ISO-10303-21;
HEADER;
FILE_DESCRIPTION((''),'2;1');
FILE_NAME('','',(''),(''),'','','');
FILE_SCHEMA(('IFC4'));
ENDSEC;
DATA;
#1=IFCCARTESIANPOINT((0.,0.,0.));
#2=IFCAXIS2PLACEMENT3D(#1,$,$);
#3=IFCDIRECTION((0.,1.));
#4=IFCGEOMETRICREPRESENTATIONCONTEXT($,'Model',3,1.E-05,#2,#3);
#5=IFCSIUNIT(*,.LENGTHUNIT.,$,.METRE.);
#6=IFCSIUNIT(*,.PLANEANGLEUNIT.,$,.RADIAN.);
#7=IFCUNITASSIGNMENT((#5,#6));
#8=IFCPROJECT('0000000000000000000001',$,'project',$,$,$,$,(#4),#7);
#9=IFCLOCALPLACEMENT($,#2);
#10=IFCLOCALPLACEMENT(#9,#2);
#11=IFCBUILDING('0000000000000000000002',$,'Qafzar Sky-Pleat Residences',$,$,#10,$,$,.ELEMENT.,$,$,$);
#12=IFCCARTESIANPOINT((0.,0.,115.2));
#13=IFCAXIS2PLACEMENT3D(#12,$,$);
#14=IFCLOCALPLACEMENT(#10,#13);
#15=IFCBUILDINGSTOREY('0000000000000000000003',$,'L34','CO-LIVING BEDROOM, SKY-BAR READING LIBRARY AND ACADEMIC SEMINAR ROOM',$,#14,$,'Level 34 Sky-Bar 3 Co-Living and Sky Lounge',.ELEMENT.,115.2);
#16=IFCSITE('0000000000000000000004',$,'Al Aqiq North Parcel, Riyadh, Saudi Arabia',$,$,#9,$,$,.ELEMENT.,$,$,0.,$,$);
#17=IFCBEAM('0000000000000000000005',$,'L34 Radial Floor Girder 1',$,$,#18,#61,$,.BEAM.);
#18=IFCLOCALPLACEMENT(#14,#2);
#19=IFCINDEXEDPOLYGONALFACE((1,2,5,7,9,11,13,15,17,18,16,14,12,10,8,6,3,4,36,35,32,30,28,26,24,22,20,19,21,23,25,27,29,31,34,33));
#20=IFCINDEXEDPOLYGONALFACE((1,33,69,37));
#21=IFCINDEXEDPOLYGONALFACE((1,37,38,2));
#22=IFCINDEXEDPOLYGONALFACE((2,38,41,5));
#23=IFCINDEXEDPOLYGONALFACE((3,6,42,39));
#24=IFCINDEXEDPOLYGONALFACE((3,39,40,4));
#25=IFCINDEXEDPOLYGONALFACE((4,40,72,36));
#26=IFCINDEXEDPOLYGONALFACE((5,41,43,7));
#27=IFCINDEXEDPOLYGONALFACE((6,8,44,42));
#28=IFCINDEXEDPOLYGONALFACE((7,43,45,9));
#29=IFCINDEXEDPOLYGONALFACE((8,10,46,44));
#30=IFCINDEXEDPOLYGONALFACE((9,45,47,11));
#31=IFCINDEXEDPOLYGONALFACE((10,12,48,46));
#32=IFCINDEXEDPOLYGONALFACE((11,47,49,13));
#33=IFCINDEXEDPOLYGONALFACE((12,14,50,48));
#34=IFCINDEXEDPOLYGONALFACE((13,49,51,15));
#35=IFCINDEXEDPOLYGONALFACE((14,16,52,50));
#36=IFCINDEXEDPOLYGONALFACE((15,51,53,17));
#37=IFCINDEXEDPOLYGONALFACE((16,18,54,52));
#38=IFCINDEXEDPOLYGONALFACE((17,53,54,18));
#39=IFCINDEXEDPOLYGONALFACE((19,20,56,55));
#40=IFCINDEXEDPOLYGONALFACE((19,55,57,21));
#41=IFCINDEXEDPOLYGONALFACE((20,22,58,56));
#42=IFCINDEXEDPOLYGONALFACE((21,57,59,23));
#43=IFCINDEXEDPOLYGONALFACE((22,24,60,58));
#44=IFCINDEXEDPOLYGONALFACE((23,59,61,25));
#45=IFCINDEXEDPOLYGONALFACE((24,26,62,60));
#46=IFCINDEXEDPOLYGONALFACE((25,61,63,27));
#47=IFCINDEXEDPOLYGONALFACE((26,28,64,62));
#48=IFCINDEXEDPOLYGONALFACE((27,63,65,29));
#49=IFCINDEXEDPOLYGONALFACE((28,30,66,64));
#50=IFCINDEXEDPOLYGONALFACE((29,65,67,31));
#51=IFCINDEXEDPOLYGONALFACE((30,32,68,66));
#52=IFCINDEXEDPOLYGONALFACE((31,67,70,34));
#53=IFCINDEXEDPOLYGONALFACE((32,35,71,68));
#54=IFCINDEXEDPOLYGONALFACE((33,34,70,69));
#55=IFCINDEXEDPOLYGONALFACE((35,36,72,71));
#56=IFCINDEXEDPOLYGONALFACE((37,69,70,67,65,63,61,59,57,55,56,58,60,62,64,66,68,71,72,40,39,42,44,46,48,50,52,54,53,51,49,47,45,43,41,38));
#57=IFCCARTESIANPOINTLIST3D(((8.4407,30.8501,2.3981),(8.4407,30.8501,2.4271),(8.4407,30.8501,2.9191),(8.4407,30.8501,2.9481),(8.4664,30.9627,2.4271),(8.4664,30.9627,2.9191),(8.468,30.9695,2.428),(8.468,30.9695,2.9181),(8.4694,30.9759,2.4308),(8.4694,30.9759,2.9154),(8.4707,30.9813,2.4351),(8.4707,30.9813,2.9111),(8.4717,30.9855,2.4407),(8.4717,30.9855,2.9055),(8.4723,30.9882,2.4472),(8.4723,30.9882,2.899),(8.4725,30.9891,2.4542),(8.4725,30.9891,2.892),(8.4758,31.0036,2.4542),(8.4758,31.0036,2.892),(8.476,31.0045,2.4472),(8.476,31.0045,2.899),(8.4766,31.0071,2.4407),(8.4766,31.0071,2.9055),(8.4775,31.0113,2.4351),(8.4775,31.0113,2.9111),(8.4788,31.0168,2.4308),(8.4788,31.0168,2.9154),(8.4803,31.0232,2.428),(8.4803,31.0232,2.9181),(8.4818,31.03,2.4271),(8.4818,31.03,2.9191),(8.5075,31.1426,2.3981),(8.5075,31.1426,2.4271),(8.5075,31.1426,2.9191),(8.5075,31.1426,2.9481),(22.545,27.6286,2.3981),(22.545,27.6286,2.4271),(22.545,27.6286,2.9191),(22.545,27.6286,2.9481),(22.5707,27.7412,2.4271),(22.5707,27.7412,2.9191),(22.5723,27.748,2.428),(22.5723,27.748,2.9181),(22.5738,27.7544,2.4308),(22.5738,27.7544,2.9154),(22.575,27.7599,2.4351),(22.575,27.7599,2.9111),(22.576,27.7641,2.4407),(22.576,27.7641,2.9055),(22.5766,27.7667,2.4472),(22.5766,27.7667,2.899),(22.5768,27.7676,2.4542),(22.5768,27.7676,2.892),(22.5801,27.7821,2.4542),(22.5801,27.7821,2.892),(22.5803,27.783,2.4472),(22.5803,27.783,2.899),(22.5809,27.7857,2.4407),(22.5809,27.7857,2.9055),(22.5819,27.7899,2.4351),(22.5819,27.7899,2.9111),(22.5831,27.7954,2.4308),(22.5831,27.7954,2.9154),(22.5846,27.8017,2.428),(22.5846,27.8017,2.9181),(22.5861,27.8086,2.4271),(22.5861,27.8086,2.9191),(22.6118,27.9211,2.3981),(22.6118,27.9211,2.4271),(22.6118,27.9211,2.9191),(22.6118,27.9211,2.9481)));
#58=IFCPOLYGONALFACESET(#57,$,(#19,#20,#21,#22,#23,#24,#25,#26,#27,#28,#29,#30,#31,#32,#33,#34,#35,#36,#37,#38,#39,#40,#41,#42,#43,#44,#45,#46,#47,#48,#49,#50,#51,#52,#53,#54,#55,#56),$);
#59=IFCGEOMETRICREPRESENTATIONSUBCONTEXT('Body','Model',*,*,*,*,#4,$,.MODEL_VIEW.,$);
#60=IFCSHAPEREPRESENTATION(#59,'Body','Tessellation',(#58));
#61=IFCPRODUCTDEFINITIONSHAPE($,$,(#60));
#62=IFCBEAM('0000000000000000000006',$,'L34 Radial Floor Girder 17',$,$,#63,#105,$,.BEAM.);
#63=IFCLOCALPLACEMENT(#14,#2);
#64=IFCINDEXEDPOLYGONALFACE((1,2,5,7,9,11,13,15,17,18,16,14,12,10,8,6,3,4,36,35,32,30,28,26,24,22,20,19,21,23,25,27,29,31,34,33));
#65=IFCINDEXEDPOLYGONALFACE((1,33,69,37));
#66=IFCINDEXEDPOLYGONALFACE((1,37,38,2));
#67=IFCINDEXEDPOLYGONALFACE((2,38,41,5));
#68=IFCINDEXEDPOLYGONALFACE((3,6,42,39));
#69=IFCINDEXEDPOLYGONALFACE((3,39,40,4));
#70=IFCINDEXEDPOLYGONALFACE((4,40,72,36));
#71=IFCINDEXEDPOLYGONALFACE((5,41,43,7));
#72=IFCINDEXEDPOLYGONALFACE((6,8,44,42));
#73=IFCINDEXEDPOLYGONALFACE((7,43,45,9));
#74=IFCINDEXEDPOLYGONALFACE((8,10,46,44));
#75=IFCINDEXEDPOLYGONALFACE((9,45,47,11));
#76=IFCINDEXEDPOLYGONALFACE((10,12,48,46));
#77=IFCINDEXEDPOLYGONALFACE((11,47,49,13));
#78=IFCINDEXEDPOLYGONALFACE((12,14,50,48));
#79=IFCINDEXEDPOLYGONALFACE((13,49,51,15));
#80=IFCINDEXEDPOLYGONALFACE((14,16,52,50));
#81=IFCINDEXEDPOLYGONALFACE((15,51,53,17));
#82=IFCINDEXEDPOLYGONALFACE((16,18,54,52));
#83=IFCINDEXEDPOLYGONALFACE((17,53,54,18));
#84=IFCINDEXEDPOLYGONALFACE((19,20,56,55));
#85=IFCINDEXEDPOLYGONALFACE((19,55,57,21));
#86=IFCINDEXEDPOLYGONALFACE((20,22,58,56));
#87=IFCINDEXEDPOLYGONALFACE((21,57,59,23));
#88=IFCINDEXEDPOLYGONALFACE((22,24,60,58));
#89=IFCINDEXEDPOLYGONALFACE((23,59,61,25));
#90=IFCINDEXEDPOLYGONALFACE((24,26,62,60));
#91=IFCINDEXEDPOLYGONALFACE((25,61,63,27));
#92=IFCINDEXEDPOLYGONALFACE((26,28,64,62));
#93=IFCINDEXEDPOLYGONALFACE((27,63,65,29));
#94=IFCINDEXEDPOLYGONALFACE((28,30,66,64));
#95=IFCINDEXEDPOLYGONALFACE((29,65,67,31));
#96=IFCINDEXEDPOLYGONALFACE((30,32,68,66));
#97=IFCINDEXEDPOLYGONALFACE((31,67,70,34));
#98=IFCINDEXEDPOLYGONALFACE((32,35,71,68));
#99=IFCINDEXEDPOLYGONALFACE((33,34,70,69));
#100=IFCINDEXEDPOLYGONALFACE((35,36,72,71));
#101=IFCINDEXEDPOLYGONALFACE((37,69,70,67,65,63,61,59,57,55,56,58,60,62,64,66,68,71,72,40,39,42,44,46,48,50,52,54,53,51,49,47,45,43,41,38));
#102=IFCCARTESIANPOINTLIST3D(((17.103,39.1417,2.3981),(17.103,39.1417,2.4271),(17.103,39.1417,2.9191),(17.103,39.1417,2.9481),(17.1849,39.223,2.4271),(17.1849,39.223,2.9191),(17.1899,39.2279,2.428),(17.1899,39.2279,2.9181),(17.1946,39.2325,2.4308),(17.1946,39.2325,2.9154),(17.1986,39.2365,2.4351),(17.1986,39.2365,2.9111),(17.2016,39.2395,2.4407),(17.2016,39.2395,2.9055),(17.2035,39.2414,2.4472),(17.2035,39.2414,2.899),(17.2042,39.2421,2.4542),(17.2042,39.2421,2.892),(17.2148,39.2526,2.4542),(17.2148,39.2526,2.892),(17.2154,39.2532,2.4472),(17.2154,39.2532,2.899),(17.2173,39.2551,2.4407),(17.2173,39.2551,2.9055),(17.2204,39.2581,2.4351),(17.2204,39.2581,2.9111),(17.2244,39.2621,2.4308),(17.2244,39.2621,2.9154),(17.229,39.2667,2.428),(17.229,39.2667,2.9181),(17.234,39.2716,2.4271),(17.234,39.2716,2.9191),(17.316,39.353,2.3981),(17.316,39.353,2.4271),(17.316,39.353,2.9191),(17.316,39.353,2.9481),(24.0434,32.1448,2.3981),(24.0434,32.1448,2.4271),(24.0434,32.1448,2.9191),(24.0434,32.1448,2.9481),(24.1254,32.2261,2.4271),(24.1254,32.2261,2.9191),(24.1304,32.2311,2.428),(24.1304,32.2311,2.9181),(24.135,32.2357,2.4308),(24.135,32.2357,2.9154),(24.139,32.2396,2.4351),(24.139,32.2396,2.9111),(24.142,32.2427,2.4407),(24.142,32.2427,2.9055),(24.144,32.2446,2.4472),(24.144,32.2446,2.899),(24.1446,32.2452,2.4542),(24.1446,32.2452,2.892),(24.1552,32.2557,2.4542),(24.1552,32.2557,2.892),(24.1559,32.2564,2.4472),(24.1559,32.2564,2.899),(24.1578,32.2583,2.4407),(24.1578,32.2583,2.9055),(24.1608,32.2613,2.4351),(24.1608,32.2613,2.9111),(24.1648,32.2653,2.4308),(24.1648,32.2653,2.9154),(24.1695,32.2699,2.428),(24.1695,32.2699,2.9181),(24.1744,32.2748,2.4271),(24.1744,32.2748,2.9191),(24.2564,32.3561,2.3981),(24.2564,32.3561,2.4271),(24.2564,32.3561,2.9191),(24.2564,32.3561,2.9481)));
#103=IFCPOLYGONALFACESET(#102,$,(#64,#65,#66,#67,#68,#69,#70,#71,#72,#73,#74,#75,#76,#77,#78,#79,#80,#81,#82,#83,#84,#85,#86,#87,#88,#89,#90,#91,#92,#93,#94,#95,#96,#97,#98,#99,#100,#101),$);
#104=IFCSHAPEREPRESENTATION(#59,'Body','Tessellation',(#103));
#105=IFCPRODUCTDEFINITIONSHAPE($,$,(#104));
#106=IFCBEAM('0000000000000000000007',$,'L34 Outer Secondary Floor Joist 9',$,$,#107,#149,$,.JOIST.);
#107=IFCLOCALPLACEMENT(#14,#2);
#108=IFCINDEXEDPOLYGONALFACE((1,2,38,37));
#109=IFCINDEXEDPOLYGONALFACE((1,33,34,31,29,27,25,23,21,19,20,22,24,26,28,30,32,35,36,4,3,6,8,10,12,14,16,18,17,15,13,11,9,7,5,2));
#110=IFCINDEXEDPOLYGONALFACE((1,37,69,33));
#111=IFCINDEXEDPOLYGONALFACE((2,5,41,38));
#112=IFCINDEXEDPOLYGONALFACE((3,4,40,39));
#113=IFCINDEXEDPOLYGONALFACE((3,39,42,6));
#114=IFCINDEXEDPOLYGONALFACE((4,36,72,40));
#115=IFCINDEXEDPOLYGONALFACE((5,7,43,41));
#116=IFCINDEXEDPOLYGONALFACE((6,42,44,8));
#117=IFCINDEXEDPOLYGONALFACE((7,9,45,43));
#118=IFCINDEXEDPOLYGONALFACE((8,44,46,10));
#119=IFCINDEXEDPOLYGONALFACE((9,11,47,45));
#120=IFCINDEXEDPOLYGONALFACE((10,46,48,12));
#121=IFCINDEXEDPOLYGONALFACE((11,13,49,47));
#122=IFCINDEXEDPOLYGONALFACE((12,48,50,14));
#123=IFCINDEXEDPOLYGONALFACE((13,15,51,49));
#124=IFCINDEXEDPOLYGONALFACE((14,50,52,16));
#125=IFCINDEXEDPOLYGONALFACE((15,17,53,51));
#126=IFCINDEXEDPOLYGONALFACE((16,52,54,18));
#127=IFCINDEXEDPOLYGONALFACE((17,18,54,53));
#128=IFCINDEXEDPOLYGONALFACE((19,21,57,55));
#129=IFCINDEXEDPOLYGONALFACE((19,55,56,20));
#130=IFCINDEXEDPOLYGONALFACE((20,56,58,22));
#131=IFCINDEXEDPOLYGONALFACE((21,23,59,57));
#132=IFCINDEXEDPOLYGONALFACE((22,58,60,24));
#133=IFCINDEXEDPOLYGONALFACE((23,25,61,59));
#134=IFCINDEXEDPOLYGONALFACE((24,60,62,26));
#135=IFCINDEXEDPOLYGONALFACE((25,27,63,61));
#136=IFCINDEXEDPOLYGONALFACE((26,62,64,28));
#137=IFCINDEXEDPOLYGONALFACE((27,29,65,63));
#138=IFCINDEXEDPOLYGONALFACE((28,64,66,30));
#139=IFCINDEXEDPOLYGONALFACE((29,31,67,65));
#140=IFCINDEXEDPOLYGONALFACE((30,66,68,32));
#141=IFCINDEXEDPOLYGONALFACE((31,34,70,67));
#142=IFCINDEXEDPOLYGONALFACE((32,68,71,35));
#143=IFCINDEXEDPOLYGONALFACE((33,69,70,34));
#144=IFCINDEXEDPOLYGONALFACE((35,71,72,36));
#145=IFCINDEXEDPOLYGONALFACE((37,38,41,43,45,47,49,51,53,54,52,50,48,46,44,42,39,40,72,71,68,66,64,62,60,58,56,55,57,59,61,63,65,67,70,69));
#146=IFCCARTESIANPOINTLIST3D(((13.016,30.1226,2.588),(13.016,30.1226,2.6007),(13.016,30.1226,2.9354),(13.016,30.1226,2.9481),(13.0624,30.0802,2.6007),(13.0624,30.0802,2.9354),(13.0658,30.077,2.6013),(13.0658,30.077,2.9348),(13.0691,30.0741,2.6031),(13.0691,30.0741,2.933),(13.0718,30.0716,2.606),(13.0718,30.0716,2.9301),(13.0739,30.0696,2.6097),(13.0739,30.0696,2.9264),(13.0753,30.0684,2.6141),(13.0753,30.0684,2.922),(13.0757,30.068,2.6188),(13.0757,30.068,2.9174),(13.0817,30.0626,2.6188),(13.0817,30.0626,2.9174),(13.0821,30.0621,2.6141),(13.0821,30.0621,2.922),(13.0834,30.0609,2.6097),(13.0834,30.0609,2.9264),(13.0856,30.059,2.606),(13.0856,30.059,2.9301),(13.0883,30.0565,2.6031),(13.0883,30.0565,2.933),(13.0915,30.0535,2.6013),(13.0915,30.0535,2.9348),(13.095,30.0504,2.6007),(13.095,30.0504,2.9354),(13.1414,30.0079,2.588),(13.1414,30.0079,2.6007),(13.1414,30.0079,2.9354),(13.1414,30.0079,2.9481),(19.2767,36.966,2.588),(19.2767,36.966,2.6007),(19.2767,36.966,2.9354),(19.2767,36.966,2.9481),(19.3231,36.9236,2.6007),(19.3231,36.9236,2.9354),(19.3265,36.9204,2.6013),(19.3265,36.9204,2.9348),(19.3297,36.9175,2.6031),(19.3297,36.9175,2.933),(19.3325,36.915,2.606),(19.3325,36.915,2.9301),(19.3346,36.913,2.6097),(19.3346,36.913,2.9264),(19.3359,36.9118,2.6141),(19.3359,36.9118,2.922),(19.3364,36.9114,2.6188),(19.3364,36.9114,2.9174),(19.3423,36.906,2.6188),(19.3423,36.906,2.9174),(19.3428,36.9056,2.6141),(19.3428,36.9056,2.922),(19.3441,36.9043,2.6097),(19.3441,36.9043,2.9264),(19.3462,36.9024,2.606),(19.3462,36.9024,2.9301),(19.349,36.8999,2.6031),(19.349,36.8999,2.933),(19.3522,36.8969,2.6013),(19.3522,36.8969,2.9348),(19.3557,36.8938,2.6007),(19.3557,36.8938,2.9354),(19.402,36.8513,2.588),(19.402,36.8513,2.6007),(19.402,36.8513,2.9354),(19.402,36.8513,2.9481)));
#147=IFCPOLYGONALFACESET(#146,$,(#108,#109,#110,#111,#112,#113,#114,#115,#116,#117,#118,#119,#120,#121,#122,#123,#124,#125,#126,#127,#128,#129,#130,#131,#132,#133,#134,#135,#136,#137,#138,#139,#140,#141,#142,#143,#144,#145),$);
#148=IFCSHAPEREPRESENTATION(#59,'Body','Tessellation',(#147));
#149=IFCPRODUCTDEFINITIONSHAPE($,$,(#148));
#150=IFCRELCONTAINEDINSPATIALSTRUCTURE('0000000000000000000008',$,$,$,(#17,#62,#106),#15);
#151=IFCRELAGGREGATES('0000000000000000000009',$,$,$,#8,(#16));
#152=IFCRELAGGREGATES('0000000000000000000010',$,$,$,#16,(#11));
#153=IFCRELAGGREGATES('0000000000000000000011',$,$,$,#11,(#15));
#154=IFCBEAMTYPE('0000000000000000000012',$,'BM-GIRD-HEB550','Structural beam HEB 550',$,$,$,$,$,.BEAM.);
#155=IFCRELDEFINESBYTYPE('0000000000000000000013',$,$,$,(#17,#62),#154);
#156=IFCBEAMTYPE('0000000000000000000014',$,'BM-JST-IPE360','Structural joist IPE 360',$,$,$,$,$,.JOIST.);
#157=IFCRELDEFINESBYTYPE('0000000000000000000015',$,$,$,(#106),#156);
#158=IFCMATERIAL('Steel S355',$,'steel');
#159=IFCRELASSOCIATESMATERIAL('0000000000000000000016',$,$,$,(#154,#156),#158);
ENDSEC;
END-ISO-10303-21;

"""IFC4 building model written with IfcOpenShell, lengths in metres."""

from ifc_helpers import new_model, si_unit, direction, frame, origin, origin_2d, place, context, subcontext, project, spatial, i_section, extrude, source, transform, mapped, material, material_profile, profile_set, type_object, element, save


model = new_model("IFC4")

# Units and contexts
model_context = context("Model", 3, precision=1e-05, world=origin(), true_north=direction((0.0, 1.0)))
body_context = subcontext(model_context, "Body", "Model", "MODEL_VIEW")
ifc_project = project(units=[si_unit("LENGTHUNIT", "METRE"), si_unit("PLANEANGLEUNIT", "RADIAN")], contexts=[model_context])

# Site, building, storey
site_placement = place(None, origin())
site = spatial("IfcSite", under=ifc_project, at=site_placement, Name="Al Aqiq North Parcel, Riyadh, Saudi Arabia", CompositionType="ELEMENT", RefElevation=0.0)
building_placement = place(site_placement, origin())
building = spatial("IfcBuilding", under=site, at=building_placement, Name="Qafzar Sky-Pleat Residences", CompositionType="ELEMENT")
storey_placement = place(building_placement, frame((0.0, 0.0, 115.2)))
storey = spatial("IfcBuildingStorey", under=building, at=storey_placement, Name="L34", Description="CO-LIVING BEDROOM, SKY-BAR READING LIBRARY AND ACADEMIC SEMINAR ROOM", LongName="Level 34 Sky-Bar 3 Co-Living and Sky Lounge", CompositionType="ELEMENT", Elevation=115.2)

# Beams
ifc_material_1 = material(Name="Steel S355", Category="steel")
ifc_material_profile_1 = material_profile(ifc_material_1, i_section(OverallWidth=0.3, OverallDepth=0.55, WebThickness=0.0149, FlangeThickness=0.0291, FilletRadius=0.0271, at=origin_2d()), Name="HEB 550")
ifc_profile_set_1 = profile_set([ifc_material_profile_1], Name="Steel S355")
beam_type_1 = type_object("IfcBeamType", Name="BM-GIRD-HEB550", Description="Structural beam HEB 550", PredefinedType="BEAM", material=ifc_profile_set_1)
shared_shape_1 = source(origin(), body_context, "Body", "SweptSolid", [
    extrude(i_section(OverallWidth=0.3, OverallDepth=0.55, WebThickness=0.0149, FlangeThickness=0.0291, FilletRadius=0.0271, at=origin_2d()), origin(), (0.0, 0.0, 1.0), 14.4675),
])
beam_1_placement = place(storey_placement, frame((8.4741, 30.9963, 2.6731), z_axis=(0.974894, -0.222668, 0.0), x_axis=(0.222668, 0.974894, 0.0)))
element("IfcBeam", 1, at=beam_1_placement, inside=storey, type_object=beam_type_1, Name="L34 Radial Floor Girder 1", PredefinedType="BEAM", context=body_context, shape_type="MappedRepresentation", body=[
    mapped(shared_shape_1, transform((0.0, 0.0, 0.0), x_axis=(1.0, 0.0, 0.0), y_axis=(0.0, 1.0, 0.0), z_axis=(0.0, 0.0, 1.0), scale=1.0)),
])
shared_shape_2 = source(origin(), body_context, "Body", "SweptSolid", [
    extrude(i_section(OverallWidth=0.3, OverallDepth=0.55, WebThickness=0.0149, FlangeThickness=0.0291, FilletRadius=0.0271, at=origin_2d()), origin(), (0.0, 0.0, 1.0), 9.8552),
])
beam_2_placement = place(storey_placement, frame((17.2095, 39.2473, 2.6731), z_axis=(0.70424, -0.709962, 0.0), x_axis=(0.709962, 0.70424, 0.0)))
element("IfcBeam", 2, at=beam_2_placement, inside=storey, type_object=beam_type_1, Name="L34 Radial Floor Girder 17", PredefinedType="BEAM", context=body_context, shape_type="MappedRepresentation", body=[
    mapped(shared_shape_2, transform((0.0, 0.0, 0.0), x_axis=(1.0, 0.0, 0.0), y_axis=(0.0, 1.0, 0.0), z_axis=(0.0, 0.0, 1.0), scale=1.0)),
])
ifc_material_profile_2 = material_profile(ifc_material_1, i_section(OverallWidth=0.1699, OverallDepth=0.3601, WebThickness=0.0081, FlangeThickness=0.0127, FilletRadius=0.0181, at=origin_2d()), Name="IPE 360")
ifc_profile_set_2 = profile_set([ifc_material_profile_2], Name="Steel S355")
beam_type_2 = type_object("IfcBeamType", Name="BM-JST-IPE360", Description="Structural joist IPE 360", PredefinedType="JOIST", material=ifc_profile_set_2)
shared_shape_3 = source(origin(), body_context, "Body", "SweptSolid", [
    extrude(i_section(OverallWidth=0.1699, OverallDepth=0.3601, WebThickness=0.0081, FlangeThickness=0.0127, FilletRadius=0.0181, at=origin_2d()), origin(), (0.0, 0.0, 1.0), 9.2751),
])
beam_3_placement = place(storey_placement, frame((19.3394, 36.9087, 2.7681), z_axis=(-0.674994, -0.737824, 0.0), x_axis=(0.737824, -0.674994, 0.0)))
element("IfcBeam", 3, at=beam_3_placement, inside=storey, type_object=beam_type_2, Name="L34 Outer Secondary Floor Joist 9", PredefinedType="JOIST", context=body_context, shape_type="MappedRepresentation", body=[
    mapped(shared_shape_3, transform((0.0, 0.0, 0.0), x_axis=(1.0, 0.0, 0.0), y_axis=(0.0, 1.0, 0.0), z_axis=(0.0, 0.0, 1.0), scale=1.0)),
])

save(model, "model.ifc")
